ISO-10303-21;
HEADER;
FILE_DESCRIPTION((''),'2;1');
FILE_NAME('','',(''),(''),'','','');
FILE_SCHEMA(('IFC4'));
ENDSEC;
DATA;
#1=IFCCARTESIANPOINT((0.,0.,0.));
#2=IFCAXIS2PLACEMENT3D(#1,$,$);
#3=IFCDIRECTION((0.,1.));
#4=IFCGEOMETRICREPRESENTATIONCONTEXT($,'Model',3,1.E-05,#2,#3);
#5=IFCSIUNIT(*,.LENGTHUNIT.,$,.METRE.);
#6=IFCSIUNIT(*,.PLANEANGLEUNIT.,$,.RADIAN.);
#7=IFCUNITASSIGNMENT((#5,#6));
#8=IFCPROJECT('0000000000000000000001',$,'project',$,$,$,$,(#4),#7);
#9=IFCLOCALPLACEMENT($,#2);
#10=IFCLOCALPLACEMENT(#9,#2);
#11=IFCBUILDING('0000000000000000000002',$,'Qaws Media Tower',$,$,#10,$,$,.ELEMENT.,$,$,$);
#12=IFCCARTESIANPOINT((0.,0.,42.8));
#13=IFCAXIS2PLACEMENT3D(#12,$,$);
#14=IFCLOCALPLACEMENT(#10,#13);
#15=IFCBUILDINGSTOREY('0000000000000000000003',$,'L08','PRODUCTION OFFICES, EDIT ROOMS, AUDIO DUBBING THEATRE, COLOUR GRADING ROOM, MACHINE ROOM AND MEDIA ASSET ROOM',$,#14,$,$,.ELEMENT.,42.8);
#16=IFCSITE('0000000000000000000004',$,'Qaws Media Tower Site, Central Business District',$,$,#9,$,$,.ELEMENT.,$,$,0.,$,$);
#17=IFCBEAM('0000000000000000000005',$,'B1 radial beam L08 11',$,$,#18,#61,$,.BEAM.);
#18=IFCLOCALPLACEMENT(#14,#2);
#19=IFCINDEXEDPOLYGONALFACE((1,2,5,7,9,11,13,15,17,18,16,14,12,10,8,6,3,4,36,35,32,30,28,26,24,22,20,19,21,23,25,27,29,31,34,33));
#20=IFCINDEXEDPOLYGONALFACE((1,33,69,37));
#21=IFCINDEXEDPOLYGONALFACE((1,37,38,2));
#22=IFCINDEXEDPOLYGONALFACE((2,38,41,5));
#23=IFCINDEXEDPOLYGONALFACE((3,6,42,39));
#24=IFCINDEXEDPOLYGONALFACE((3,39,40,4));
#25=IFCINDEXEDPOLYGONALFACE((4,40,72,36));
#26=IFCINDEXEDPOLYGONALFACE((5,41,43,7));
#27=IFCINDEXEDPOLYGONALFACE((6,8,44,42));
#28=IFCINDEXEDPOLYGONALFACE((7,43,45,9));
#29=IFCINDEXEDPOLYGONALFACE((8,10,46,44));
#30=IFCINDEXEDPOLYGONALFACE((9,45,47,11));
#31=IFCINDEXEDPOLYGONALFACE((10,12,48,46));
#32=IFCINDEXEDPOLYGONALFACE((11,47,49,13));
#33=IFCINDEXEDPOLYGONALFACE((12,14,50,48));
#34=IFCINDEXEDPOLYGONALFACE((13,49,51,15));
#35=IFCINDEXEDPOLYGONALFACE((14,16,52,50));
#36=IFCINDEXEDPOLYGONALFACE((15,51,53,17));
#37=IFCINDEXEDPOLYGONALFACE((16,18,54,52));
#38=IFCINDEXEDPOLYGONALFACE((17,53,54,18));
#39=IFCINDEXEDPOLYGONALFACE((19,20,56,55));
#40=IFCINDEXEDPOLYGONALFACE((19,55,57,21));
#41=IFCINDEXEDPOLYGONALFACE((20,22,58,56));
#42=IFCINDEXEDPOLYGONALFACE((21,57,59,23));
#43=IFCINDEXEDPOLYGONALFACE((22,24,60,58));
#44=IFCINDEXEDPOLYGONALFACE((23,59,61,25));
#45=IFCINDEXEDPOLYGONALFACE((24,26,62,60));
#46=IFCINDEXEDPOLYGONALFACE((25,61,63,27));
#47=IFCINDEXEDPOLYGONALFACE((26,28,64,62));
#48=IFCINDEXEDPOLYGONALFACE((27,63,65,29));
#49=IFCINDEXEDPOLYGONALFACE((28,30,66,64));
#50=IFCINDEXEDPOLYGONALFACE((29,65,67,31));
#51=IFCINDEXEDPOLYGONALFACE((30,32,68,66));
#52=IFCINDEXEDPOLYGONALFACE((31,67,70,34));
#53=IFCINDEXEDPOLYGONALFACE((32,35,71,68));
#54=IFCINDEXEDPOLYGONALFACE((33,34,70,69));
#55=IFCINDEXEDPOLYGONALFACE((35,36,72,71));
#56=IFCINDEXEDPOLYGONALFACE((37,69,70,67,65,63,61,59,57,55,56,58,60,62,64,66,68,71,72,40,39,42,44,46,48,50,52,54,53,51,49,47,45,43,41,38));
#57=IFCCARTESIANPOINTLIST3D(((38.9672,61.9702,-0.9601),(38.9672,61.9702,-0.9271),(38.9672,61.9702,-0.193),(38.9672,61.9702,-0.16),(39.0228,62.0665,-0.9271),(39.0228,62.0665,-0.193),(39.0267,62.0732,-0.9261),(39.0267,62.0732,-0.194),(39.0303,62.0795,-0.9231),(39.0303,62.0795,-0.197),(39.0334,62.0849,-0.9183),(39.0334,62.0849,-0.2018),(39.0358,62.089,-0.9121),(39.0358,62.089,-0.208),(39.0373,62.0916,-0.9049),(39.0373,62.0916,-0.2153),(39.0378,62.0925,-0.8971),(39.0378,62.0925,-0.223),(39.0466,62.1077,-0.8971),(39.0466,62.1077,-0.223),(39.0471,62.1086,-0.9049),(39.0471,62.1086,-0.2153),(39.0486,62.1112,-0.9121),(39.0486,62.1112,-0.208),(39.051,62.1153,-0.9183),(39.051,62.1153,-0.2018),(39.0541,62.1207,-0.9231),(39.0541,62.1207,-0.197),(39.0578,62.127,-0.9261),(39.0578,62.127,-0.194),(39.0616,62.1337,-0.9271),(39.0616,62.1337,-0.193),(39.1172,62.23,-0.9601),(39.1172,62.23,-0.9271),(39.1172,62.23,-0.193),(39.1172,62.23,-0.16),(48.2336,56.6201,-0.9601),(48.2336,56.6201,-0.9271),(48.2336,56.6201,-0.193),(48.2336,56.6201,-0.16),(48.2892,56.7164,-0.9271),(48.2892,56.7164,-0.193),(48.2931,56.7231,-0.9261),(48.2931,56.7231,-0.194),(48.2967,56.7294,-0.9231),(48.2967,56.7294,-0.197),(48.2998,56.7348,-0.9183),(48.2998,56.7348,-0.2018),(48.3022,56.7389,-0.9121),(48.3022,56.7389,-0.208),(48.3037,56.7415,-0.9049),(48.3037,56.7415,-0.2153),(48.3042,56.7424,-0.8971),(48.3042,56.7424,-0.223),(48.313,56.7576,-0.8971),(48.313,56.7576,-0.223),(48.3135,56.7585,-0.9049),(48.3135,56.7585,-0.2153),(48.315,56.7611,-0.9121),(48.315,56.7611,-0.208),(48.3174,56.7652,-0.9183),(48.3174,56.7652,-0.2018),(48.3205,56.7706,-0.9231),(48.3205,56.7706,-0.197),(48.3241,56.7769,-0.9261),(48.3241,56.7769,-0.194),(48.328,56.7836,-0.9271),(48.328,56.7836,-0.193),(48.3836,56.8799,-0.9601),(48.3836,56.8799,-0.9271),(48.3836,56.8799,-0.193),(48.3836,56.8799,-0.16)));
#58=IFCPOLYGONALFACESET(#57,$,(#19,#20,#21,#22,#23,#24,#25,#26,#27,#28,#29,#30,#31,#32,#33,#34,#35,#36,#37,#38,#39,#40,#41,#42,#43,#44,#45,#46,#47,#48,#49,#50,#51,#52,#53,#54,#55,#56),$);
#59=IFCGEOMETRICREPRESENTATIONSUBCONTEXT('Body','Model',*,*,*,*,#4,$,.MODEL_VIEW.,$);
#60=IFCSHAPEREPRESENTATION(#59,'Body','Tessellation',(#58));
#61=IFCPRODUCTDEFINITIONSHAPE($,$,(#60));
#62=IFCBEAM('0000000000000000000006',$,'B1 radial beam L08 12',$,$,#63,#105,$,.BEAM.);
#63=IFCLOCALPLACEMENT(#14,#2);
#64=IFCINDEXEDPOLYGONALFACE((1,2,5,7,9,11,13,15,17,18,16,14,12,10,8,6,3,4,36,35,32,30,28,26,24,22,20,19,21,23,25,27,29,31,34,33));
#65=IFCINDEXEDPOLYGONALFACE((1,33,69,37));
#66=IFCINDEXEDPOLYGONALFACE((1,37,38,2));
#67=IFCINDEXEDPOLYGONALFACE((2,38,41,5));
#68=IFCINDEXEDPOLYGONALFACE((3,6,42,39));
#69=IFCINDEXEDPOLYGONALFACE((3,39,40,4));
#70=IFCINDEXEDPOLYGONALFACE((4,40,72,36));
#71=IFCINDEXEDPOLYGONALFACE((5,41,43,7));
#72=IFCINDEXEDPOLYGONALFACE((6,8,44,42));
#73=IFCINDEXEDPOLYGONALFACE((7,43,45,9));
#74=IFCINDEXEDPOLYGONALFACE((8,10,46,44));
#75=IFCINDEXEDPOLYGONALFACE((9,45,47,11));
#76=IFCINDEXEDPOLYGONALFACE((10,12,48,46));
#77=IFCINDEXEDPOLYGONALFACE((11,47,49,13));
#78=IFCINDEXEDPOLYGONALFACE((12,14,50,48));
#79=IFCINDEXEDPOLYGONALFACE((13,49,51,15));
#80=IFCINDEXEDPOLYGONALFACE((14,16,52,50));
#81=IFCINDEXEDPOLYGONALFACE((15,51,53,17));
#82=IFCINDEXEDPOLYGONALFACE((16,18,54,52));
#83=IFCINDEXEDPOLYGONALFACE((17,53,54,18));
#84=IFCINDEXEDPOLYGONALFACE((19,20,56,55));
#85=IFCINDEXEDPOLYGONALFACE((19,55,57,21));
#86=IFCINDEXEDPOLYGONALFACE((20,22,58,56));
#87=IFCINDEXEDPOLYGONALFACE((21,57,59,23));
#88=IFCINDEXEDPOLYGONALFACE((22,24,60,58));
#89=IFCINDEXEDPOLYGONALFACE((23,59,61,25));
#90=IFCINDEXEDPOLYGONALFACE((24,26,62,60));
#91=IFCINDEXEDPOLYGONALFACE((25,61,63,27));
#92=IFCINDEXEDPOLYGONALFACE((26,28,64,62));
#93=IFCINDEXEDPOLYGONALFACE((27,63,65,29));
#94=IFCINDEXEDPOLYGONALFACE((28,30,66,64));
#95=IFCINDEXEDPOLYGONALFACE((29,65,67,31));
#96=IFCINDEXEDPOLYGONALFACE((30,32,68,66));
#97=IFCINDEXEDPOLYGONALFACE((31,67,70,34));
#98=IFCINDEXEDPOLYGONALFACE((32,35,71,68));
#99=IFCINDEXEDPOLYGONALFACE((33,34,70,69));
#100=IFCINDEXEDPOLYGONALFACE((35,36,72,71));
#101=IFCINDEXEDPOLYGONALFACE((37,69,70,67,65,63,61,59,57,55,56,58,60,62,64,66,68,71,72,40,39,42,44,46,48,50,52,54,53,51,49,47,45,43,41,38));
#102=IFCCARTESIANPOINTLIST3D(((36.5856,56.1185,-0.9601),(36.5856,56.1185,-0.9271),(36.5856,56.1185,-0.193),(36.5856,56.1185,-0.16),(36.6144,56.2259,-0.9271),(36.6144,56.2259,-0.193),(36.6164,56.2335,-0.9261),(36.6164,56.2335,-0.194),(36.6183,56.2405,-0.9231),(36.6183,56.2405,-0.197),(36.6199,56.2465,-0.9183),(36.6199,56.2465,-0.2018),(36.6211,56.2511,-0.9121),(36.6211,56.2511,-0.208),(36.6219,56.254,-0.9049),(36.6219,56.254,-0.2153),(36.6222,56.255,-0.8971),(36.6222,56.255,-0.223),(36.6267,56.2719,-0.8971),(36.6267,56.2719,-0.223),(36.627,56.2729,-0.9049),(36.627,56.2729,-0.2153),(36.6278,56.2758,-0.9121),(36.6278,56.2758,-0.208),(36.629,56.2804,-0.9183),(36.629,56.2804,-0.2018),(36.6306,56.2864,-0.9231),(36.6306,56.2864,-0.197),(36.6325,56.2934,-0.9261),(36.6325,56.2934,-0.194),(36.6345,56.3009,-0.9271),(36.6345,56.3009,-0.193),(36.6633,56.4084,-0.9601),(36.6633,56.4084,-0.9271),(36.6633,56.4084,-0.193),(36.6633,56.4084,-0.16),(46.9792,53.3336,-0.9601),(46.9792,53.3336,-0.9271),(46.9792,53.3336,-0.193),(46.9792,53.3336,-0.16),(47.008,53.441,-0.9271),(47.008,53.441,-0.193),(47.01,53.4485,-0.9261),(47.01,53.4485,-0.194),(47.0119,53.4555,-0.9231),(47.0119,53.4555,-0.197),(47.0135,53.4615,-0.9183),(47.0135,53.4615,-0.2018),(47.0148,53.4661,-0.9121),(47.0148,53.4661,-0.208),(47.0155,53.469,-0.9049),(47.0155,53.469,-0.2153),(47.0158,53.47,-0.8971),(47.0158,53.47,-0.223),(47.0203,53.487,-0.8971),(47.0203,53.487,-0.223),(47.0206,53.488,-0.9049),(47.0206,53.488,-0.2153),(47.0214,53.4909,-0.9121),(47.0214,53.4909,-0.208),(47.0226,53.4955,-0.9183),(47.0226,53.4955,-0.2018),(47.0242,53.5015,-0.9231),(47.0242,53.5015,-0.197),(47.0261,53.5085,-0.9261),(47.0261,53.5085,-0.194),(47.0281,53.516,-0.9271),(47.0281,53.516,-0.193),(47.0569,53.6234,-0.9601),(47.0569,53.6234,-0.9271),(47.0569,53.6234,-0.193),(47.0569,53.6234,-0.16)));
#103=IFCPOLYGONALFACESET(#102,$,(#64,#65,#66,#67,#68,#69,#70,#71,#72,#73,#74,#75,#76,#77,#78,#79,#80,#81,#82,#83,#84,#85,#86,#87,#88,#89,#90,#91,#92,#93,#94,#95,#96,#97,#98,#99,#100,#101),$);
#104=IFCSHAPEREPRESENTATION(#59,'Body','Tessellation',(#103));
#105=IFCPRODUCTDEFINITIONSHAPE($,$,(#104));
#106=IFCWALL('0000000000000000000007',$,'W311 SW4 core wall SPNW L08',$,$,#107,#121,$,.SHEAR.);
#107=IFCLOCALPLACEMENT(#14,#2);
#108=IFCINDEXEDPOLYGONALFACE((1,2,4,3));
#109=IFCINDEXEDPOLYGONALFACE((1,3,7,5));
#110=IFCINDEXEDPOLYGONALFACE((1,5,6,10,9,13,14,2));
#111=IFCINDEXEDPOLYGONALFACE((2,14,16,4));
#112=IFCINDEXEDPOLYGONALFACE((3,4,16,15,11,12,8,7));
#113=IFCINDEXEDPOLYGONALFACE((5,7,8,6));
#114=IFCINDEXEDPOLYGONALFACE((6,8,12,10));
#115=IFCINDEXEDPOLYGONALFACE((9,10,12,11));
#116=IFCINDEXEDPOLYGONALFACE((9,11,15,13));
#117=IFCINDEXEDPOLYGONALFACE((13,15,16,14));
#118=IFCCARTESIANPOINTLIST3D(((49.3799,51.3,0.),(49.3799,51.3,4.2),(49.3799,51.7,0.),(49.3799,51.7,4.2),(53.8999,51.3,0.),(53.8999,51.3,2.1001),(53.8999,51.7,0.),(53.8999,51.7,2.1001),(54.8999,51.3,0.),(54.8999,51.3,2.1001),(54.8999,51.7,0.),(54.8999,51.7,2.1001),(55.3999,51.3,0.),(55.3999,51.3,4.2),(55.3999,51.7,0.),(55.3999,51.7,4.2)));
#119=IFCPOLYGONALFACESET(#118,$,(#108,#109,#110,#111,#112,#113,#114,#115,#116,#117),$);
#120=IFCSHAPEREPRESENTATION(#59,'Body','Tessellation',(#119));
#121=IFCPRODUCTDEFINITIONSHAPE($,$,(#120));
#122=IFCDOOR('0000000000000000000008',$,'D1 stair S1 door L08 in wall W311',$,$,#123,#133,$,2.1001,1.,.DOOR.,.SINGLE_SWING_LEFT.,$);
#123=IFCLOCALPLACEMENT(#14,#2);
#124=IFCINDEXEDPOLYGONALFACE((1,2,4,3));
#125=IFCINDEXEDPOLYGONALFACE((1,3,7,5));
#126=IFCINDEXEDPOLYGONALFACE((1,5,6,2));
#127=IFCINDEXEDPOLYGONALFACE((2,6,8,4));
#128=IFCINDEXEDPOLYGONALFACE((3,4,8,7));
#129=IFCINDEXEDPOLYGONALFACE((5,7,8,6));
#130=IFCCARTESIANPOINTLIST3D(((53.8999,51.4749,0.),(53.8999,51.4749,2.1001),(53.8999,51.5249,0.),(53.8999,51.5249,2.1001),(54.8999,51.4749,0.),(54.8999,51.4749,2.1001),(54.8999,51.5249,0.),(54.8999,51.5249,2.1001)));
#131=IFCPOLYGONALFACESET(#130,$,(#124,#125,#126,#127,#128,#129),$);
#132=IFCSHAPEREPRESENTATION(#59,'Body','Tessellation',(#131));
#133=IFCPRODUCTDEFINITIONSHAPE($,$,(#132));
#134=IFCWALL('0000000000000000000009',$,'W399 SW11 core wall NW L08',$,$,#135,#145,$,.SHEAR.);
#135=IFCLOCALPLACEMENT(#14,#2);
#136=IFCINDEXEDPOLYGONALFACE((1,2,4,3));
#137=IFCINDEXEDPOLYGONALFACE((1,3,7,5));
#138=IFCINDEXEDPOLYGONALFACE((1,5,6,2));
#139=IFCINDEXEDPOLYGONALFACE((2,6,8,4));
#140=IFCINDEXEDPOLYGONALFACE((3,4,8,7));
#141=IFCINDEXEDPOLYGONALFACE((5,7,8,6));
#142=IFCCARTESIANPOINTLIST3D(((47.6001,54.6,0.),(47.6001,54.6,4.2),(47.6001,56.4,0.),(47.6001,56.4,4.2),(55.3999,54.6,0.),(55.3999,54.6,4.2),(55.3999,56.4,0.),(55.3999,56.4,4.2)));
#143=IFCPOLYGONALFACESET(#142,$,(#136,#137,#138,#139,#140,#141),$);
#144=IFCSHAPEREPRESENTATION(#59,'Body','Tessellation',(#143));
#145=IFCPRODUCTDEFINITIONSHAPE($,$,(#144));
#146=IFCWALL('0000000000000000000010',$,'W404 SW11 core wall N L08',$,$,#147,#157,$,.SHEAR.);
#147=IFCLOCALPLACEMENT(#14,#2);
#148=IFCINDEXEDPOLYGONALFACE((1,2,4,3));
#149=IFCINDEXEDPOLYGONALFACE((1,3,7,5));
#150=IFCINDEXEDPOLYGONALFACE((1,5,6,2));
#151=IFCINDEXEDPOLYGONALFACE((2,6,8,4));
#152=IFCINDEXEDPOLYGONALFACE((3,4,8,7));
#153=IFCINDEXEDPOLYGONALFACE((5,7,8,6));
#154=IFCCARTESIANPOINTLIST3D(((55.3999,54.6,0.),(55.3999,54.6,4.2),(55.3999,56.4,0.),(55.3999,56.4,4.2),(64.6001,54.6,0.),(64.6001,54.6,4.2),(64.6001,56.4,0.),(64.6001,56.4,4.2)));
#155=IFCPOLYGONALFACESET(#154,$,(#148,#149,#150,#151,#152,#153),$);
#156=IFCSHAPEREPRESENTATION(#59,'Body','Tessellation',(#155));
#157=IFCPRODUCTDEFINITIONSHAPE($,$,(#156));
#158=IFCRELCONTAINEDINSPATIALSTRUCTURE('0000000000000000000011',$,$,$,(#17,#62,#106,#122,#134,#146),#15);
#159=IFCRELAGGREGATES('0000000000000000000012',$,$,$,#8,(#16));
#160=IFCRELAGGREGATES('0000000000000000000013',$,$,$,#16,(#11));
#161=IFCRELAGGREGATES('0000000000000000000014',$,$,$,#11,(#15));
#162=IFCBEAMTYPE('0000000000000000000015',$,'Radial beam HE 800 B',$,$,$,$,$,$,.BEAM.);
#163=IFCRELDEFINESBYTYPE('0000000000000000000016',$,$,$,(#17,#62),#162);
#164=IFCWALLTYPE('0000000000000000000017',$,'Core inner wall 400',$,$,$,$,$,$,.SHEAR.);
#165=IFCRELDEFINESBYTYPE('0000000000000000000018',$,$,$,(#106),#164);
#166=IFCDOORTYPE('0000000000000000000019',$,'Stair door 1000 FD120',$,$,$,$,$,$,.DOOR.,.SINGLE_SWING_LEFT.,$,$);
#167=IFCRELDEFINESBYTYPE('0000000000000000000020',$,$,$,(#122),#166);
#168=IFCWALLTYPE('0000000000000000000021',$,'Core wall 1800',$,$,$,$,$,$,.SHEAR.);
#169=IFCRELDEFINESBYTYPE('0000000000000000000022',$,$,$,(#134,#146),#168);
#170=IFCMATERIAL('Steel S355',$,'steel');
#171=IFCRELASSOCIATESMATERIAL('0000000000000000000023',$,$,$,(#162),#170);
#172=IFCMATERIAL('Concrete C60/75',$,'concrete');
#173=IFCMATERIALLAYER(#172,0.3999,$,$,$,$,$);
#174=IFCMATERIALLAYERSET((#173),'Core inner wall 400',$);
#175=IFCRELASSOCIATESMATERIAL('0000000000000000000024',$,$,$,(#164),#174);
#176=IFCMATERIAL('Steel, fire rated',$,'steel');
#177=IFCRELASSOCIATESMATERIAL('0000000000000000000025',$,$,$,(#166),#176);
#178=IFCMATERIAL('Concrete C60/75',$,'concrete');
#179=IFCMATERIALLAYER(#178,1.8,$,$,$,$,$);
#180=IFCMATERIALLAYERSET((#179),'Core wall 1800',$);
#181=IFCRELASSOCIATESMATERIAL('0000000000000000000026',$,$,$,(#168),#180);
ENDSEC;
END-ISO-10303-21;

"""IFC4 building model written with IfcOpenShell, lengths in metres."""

from ifc_helpers import new_model, si_unit, direction, frame, frame_2d, origin, origin_2d, place, context, subcontext, project, spatial, rectangle, i_section, extrude, material, layer, layer_set, material_profile, profile_set, type_object, element, fill, save


model = new_model("IFC4")

# Units and contexts
model_context = context("Model", 3, precision=1e-05, world=origin(), true_north=direction((0.0, 1.0)))
body_context = subcontext(model_context, "Body", "Model", "MODEL_VIEW")
ifc_project = project(units=[si_unit("LENGTHUNIT", "METRE"), si_unit("PLANEANGLEUNIT", "RADIAN")], contexts=[model_context])

# Site, building, storey
site_placement = place(None, origin())
site = spatial("IfcSite", under=ifc_project, at=site_placement, Name="Qaws Media Tower Site, Central Business District", CompositionType="ELEMENT", RefElevation=0.0)
building_placement = place(site_placement, origin())
building = spatial("IfcBuilding", under=site, at=building_placement, Name="Qaws Media Tower", CompositionType="ELEMENT")
storey_placement = place(building_placement, frame((0.0, 0.0, 42.8)))
storey = spatial("IfcBuildingStorey", under=building, at=storey_placement, Name="L08", Description="PRODUCTION OFFICES, EDIT ROOMS, AUDIO DUBBING THEATRE, COLOUR GRADING ROOM, MACHINE ROOM AND MEDIA ASSET ROOM", CompositionType="ELEMENT", Elevation=42.8)

# Beams
ifc_material_1 = material(Name="Steel S355", Category="steel")
ifc_material_profile_1 = material_profile(ifc_material_1, i_section(OverallWidth=0.3, OverallDepth=0.8, WebThickness=0.0176, FlangeThickness=0.033, FilletRadius=0.03, at=origin_2d()), Name="HE 800 B")
ifc_profile_set_1 = profile_set([ifc_material_profile_1], Name="Steel S355")
beam_type_1 = type_object("IfcBeamType", Name="Radial beam HE 800 B", PredefinedType="BEAM", material=ifc_profile_set_1)
beam_1_placement = place(storey_placement, frame((48.3086, 56.75, -0.5601), z_axis=(-0.866019, 0.500011, 0.0), x_axis=(-0.500011, -0.866019, 0.0)))
element("IfcBeam", 1, at=beam_1_placement, inside=storey, type_object=beam_type_1, Name="B1 radial beam L08 11", PredefinedType="BEAM", context=body_context, shape_type="SweptSolid", body=[
    extrude(i_section(OverallWidth=0.3, OverallDepth=0.8, WebThickness=0.0176, FlangeThickness=0.033, FilletRadius=0.03, at=origin_2d()), origin(), (0.0, 0.0, 1.0), 10.7),
])
beam_2_placement = place(storey_placement, frame((47.0181, 53.4785, -0.5601), z_axis=(-0.965927, 0.258816, 0.0), x_axis=(-0.258816, -0.965927, 0.0)))
element("IfcBeam", 2, at=beam_2_placement, inside=storey, type_object=beam_type_1, Name="B1 radial beam L08 12", PredefinedType="BEAM", context=body_context, shape_type="SweptSolid", body=[
    extrude(i_section(OverallWidth=0.3, OverallDepth=0.8, WebThickness=0.0176, FlangeThickness=0.033, FilletRadius=0.03, at=origin_2d()), origin(), (0.0, 0.0, 1.0), 10.7603),
])

# Wall, opening, door
ifc_material_2 = material(Name="Concrete C60/75", Category="concrete")
ifc_layer_1 = layer(ifc_material_2, 0.3999)
ifc_layer_set_1 = layer_set([ifc_layer_1], Name="Core inner wall 400")
wall_type_1 = type_object("IfcWallType", Name="Core inner wall 400", PredefinedType="SHEAR", material=ifc_layer_set_1)
wall_1_placement = place(storey_placement, frame((49.3799, 51.5, 0.0), z_axis=(0.0, 0.0, 1.0), x_axis=(1.0, 0.0, 0.0)))
wall_1 = element("IfcWall", 3, at=wall_1_placement, inside=storey, type_object=wall_type_1, Name="W311 SW4 core wall SPNW L08", PredefinedType="SHEAR", context=body_context, shape_type="SweptSolid", body=[
    extrude(rectangle(XDim=6.02, YDim=0.3999, at=frame_2d((3.01, 0.0))), origin(), (0.0, 0.0, 1.0), 4.2),
])
opening_1_placement = place(wall_1_placement, frame((4.52, 0.0, 0.0)))
opening_1 = element("IfcOpeningElement", 4, at=opening_1_placement, cuts=wall_1, PredefinedType="OPENING", context=body_context, shape_type="SweptSolid", body=[
    extrude(rectangle(XDim=1.0, YDim=2.1001, at=frame_2d((0.5, 1.05))), frame((0.0, 0.21, 0.0), z_axis=(0.0, -1.0, 0.0), x_axis=(1.0, 0.0, 0.0)), (0.0, 0.0, 1.0), 0.4199),
])
ifc_material_3 = material(Name="Steel, fire rated", Category="steel")
door_type_1 = type_object("IfcDoorType", Name="Stair door 1000 FD120", OperationType="SINGLE_SWING_LEFT", PredefinedType="DOOR", material=ifc_material_3)
door_1_placement = place(opening_1_placement, origin())
door_1 = element("IfcDoor", 5, at=door_1_placement, inside=storey, type_object=door_type_1, Name="D1 stair S1 door L08 in wall W311", OperationType="SINGLE_SWING_LEFT", OverallHeight=2.1001, OverallWidth=1.0, PredefinedType="DOOR", context=body_context, shape_type="SweptSolid", body=[
    extrude(rectangle(XDim=1.0, YDim=2.1001, at=frame_2d((0.5, 1.05))), frame((0.0, 0.0249, 0.0), z_axis=(0.0, -1.0, 0.0), x_axis=(1.0, 0.0, 0.0)), (0.0, 0.0, 1.0), 0.05),
])
fill(opening_1, door_1)

# Walls
ifc_material_4 = material(Name="Concrete C60/75", Category="concrete")
ifc_layer_2 = layer(ifc_material_4, 1.8)
ifc_layer_set_2 = layer_set([ifc_layer_2], Name="Core wall 1800")
wall_type_2 = type_object("IfcWallType", Name="Core wall 1800", PredefinedType="SHEAR", material=ifc_layer_set_2)
wall_2_placement = place(storey_placement, frame((47.6001, 55.5, 0.0), z_axis=(0.0, 0.0, 1.0), x_axis=(1.0, 0.0, 0.0)))
element("IfcWall", 6, at=wall_2_placement, inside=storey, type_object=wall_type_2, Name="W399 SW11 core wall NW L08", PredefinedType="SHEAR", context=body_context, shape_type="SweptSolid", body=[
    extrude(rectangle(XDim=7.7998, YDim=1.8, at=frame_2d((3.8999, 0.0))), origin(), (0.0, 0.0, 1.0), 4.2),
])
wall_3_placement = place(storey_placement, frame((55.3999, 55.5, 0.0), z_axis=(0.0, 0.0, 1.0), x_axis=(1.0, 0.0, 0.0)))
element("IfcWall", 7, at=wall_3_placement, inside=storey, type_object=wall_type_2, Name="W404 SW11 core wall N L08", PredefinedType="SHEAR", context=body_context, shape_type="SweptSolid", body=[
    extrude(rectangle(XDim=9.2002, YDim=1.8, at=frame_2d((4.6001, 0.0))), origin(), (0.0, 0.0, 1.0), 4.2),
])

save(model, "model.ifc")
